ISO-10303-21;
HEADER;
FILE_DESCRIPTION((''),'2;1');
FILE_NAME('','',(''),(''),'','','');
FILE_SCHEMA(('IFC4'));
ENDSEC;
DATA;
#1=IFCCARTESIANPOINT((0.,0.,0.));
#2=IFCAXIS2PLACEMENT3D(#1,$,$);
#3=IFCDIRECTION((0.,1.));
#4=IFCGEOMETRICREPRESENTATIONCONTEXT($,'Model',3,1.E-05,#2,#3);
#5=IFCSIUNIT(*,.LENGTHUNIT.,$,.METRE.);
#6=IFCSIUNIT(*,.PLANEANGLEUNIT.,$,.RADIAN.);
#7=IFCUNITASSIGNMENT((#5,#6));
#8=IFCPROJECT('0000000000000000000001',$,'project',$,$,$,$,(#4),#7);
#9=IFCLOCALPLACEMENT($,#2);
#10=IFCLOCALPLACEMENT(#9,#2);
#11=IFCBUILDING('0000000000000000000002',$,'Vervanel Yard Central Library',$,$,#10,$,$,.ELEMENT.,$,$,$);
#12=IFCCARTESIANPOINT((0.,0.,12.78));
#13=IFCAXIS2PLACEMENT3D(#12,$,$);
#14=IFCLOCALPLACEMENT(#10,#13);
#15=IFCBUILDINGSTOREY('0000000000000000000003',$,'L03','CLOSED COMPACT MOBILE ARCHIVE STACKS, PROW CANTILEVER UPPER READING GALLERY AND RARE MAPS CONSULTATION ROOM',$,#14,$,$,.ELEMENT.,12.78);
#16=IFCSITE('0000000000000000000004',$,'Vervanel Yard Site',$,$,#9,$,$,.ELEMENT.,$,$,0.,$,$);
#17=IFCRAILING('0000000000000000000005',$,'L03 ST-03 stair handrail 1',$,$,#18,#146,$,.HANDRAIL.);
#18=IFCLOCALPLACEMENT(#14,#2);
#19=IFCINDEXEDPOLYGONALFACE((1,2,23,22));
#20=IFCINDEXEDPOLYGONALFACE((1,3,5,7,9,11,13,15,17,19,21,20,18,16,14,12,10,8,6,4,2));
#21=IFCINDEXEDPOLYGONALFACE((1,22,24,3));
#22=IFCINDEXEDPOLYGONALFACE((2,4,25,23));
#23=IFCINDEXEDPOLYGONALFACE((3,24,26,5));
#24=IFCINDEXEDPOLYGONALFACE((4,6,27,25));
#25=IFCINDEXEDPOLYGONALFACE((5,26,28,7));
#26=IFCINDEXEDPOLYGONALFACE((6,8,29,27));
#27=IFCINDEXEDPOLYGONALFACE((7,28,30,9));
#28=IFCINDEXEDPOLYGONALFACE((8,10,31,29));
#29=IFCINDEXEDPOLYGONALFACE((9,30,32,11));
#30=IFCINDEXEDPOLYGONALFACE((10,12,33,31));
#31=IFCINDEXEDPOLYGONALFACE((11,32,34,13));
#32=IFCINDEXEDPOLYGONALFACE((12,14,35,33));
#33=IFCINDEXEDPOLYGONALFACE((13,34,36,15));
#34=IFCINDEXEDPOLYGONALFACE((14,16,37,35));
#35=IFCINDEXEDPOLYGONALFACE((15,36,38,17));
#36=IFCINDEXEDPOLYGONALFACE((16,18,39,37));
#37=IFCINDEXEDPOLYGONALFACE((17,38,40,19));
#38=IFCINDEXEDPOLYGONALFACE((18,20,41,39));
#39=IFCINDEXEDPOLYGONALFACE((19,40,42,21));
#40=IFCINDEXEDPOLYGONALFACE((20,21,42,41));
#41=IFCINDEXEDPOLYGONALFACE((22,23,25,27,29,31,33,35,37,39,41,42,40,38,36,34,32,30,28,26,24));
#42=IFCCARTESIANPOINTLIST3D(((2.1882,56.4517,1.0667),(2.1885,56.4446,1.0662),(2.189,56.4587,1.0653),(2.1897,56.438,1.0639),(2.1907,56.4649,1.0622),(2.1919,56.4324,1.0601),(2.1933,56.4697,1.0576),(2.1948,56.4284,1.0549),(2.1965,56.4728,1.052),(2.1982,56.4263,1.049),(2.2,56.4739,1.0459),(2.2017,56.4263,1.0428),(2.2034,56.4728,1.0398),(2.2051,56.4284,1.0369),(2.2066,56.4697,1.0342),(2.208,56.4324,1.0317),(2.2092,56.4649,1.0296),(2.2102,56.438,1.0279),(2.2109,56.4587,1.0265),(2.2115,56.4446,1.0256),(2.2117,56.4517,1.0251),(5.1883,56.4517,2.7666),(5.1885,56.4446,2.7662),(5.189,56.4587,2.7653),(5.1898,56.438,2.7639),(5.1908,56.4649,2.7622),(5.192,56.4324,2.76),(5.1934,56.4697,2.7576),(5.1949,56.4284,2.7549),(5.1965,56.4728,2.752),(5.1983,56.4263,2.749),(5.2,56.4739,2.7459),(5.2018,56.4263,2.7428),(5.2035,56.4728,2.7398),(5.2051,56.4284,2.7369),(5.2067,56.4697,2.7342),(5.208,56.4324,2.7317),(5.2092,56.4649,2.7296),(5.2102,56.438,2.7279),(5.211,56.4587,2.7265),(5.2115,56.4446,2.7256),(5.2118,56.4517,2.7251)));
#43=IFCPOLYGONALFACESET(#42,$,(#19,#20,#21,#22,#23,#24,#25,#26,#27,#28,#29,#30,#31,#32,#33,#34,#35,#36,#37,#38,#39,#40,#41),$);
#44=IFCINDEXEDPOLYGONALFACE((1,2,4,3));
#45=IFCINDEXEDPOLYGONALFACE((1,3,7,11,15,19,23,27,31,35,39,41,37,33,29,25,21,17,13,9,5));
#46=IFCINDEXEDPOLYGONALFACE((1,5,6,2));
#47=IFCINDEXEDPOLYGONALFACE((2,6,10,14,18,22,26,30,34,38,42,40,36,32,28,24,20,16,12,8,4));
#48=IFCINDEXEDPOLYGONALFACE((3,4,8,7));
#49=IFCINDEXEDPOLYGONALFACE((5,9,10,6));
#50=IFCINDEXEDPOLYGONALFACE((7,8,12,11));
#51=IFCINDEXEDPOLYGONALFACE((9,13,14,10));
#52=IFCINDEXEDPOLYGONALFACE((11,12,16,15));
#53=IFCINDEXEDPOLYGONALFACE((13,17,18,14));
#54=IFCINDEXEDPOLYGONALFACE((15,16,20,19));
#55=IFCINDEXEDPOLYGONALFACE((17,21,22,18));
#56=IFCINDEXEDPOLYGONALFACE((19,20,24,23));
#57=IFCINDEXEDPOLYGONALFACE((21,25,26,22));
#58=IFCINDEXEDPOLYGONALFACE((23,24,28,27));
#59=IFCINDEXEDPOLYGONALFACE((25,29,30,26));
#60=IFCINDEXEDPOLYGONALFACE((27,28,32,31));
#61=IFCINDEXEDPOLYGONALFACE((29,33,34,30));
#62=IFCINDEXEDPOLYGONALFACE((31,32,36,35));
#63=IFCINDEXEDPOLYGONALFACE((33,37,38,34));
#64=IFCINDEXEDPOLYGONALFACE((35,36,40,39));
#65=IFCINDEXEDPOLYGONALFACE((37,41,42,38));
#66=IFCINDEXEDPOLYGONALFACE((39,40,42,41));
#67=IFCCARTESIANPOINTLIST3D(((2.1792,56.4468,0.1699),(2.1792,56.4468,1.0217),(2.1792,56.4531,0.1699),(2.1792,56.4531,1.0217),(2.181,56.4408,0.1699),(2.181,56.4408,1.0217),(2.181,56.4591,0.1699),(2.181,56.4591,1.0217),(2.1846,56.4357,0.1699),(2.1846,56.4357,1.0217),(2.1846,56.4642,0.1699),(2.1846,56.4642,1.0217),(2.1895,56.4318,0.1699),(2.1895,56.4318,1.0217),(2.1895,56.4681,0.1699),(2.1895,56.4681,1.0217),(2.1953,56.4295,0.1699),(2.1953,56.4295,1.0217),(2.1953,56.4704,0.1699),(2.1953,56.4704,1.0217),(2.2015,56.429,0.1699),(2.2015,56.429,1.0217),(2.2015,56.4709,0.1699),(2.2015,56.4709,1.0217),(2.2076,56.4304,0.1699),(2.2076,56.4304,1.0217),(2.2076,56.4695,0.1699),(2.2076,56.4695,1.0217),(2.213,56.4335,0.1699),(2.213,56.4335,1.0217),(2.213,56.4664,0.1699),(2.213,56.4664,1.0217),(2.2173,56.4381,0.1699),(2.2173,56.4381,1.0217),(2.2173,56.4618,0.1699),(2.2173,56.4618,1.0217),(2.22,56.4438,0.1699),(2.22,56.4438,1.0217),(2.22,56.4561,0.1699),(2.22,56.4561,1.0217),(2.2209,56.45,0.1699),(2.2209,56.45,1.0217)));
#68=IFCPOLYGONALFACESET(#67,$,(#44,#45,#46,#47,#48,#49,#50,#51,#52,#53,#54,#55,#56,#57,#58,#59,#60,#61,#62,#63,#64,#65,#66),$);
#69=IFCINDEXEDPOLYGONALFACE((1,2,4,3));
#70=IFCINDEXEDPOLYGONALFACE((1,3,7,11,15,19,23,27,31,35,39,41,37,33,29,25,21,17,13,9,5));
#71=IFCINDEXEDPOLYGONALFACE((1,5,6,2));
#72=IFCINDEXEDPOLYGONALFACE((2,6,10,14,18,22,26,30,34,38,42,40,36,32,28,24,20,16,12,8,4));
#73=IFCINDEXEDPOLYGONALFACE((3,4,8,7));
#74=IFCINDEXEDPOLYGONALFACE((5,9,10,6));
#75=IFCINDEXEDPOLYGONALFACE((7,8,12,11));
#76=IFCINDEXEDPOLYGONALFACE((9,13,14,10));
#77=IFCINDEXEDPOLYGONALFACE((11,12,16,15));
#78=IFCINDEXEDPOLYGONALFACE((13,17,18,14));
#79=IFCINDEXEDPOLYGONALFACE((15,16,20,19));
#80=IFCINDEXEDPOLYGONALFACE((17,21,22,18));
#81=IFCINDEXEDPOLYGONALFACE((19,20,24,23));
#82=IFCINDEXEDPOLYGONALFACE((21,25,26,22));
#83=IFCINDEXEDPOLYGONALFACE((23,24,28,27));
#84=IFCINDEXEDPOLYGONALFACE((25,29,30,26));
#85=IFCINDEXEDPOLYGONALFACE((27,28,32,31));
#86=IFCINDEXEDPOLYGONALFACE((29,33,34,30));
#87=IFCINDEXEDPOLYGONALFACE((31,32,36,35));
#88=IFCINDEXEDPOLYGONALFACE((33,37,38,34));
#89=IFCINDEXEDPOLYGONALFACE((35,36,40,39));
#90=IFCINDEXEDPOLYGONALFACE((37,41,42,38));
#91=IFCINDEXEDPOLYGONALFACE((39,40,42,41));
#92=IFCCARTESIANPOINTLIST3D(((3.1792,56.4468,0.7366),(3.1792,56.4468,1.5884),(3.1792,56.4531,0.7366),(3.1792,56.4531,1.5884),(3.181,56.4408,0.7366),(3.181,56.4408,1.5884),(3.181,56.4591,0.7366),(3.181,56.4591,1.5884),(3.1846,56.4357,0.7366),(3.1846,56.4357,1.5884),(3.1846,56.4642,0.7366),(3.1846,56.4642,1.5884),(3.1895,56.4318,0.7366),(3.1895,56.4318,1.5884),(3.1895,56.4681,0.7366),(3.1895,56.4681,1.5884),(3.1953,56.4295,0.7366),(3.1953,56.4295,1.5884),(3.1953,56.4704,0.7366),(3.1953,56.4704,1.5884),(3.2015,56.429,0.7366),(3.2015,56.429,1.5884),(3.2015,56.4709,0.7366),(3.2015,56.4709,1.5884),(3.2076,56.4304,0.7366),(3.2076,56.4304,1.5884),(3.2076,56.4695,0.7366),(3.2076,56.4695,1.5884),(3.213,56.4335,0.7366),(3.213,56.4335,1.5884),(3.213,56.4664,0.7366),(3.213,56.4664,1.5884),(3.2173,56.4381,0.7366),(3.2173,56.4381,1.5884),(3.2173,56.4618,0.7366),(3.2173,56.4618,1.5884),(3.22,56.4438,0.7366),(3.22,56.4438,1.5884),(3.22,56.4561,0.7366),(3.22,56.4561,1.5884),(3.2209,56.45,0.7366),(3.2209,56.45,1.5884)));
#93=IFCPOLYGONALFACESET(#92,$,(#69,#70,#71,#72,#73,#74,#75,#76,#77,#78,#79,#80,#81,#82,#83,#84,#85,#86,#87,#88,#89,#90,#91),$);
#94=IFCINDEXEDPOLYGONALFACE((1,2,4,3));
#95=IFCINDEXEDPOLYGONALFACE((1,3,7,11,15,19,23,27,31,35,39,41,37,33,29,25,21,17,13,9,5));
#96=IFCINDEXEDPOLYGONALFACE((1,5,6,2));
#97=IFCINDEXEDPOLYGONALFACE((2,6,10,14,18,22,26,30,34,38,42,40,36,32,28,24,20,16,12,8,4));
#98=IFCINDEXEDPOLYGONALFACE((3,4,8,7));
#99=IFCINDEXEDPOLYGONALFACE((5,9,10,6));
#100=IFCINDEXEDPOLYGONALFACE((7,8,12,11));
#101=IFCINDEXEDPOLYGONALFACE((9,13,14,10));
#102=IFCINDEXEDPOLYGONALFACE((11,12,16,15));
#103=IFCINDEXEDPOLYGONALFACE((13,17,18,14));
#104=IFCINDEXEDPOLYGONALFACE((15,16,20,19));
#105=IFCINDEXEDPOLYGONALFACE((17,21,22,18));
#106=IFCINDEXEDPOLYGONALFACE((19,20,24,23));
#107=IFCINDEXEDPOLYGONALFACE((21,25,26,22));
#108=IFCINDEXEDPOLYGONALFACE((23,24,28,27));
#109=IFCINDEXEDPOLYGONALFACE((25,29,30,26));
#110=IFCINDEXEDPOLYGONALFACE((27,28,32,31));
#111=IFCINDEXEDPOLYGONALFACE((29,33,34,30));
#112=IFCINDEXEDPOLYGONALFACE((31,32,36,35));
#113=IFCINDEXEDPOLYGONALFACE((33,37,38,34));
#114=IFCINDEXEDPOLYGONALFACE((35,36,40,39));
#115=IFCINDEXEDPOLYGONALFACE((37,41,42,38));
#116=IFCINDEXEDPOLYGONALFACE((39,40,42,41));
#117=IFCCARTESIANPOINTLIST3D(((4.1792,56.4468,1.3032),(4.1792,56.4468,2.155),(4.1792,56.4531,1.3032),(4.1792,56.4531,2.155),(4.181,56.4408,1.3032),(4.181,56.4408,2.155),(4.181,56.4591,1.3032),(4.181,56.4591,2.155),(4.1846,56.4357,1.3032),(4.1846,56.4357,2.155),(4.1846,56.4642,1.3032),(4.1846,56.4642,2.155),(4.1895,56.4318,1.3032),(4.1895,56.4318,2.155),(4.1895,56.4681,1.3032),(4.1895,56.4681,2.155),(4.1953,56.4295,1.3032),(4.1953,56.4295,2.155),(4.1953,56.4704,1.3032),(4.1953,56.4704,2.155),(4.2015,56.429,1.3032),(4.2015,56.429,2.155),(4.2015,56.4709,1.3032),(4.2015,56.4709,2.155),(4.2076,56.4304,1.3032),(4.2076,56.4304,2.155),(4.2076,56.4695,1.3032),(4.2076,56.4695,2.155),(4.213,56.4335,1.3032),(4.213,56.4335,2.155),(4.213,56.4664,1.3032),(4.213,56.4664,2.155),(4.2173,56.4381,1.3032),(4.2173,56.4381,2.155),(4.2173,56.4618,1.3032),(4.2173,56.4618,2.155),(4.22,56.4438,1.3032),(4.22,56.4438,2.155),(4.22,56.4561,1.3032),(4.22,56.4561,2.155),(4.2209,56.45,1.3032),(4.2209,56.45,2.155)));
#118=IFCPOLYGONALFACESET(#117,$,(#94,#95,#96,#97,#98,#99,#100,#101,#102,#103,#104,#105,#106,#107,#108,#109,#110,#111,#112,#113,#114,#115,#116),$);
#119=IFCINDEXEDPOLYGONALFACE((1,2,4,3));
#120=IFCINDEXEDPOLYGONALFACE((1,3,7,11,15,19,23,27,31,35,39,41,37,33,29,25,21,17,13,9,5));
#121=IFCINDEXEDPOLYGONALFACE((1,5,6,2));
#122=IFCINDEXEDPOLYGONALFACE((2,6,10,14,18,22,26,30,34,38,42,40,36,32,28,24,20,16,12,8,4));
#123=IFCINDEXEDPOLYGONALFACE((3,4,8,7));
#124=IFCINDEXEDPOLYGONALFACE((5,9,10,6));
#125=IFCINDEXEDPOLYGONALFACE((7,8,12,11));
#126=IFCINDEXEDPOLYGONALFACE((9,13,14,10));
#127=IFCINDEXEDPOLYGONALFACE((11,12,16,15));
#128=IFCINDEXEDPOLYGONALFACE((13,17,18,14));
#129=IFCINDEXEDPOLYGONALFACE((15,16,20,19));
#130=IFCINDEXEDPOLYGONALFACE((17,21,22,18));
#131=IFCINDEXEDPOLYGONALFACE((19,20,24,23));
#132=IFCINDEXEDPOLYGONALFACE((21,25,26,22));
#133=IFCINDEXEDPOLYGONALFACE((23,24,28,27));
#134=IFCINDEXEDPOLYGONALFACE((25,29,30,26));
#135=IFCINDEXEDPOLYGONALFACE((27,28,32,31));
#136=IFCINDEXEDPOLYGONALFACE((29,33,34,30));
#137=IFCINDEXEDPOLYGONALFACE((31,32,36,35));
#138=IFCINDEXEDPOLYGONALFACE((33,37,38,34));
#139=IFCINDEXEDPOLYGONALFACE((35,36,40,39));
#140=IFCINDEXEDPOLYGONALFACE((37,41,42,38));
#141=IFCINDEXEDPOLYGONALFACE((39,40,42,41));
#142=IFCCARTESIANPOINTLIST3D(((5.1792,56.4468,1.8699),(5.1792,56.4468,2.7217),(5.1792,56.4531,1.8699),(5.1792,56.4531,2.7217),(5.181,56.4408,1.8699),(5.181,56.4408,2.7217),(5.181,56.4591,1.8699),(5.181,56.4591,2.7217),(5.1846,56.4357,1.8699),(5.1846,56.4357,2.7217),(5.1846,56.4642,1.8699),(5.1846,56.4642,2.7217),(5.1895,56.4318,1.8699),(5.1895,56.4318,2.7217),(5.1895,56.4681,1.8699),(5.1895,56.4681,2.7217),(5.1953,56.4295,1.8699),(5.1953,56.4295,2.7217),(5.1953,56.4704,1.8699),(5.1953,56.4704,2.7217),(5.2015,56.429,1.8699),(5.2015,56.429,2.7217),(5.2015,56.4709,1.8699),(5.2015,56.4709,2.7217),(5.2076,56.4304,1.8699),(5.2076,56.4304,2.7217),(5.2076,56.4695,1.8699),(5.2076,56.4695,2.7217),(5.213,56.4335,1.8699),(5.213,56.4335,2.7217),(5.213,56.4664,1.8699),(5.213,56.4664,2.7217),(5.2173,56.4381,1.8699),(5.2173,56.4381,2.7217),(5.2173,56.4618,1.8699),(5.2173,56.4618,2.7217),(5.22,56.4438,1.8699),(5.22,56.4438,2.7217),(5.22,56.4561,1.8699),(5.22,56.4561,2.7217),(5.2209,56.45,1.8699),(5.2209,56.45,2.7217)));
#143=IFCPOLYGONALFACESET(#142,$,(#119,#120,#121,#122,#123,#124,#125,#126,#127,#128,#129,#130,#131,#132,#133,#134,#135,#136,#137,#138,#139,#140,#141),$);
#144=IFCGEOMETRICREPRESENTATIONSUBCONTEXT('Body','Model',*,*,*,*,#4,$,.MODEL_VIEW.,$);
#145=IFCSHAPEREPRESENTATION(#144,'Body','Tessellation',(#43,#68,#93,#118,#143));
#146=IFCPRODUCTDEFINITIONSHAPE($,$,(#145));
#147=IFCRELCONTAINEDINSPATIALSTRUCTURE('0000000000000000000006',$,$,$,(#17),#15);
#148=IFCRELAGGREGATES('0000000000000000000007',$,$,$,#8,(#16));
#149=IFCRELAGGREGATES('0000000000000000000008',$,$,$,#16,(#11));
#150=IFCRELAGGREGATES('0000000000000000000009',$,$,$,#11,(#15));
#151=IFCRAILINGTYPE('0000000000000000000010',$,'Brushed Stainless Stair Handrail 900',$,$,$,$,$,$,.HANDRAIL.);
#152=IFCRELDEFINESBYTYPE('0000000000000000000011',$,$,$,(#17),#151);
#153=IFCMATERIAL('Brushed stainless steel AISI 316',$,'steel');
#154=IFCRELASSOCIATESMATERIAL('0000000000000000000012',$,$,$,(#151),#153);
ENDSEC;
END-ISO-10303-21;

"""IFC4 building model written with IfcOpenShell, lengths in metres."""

from ifc_helpers import new_model, si_unit, direction, frame, origin, origin_2d, place, context, subcontext, project, spatial, circle, extrude, material, type_object, element, save


model = new_model("IFC4")

# Units and contexts
model_context = context("Model", 3, precision=1e-05, world=origin(), true_north=direction((0.0, 1.0)))
body_context = subcontext(model_context, "Body", "Model", "MODEL_VIEW")
ifc_project = project(units=[si_unit("LENGTHUNIT", "METRE"), si_unit("PLANEANGLEUNIT", "RADIAN")], contexts=[model_context])

# Site, building, storey
site_placement = place(None, origin())
site = spatial("IfcSite", under=ifc_project, at=site_placement, Name="Vervanel Yard Site", CompositionType="ELEMENT", RefElevation=0.0)
building_placement = place(site_placement, origin())
building = spatial("IfcBuilding", under=site, at=building_placement, Name="Vervanel Yard Central Library", CompositionType="ELEMENT")
storey_placement = place(building_placement, frame((0.0, 0.0, 12.78)))
storey = spatial("IfcBuildingStorey", under=building, at=storey_placement, Name="L03", Description="CLOSED COMPACT MOBILE ARCHIVE STACKS, PROW CANTILEVER UPPER READING GALLERY AND RARE MAPS CONSULTATION ROOM", CompositionType="ELEMENT", Elevation=12.78)

# Railing
ifc_material_1 = material(Name="Brushed stainless steel AISI 316", Category="steel")
railing_type_1 = type_object("IfcRailingType", Name="Brushed Stainless Stair Handrail 900", PredefinedType="HANDRAIL", material=ifc_material_1)
railing_1_placement = place(storey_placement, frame((2.2, 56.45, 0.1699)))
element("IfcRailing", 1, at=railing_1_placement, inside=storey, type_object=railing_type_1, Name="L03 ST-03 stair handrail 1", PredefinedType="HANDRAIL", context=body_context, shape_type="SweptSolid", body=[
    extrude(circle(Radius=0.0239, at=origin_2d()), frame((0.0, 0.0, 0.876), z_axis=(0.870028, 0.0, 0.493002), x_axis=(0.0, 1.0, 0.0)), (0.0, 0.0, 1.0), 3.4482),
    extrude(circle(Radius=0.021, at=origin_2d()), origin(), (0.0, 0.0, 1.0), 0.8518),
    extrude(circle(Radius=0.021, at=origin_2d()), frame((1.0, 0.0, 0.5667)), (0.0, 0.0, 1.0), 0.8518),
    extrude(circle(Radius=0.021, at=origin_2d()), frame((2.0, 0.0, 1.1333)), (0.0, 0.0, 1.0), 0.8518),
    extrude(circle(Radius=0.021, at=origin_2d()), frame((3.0, 0.0, 1.7)), (0.0, 0.0, 1.0), 0.8518),
])

save(model, "model.ifc")
